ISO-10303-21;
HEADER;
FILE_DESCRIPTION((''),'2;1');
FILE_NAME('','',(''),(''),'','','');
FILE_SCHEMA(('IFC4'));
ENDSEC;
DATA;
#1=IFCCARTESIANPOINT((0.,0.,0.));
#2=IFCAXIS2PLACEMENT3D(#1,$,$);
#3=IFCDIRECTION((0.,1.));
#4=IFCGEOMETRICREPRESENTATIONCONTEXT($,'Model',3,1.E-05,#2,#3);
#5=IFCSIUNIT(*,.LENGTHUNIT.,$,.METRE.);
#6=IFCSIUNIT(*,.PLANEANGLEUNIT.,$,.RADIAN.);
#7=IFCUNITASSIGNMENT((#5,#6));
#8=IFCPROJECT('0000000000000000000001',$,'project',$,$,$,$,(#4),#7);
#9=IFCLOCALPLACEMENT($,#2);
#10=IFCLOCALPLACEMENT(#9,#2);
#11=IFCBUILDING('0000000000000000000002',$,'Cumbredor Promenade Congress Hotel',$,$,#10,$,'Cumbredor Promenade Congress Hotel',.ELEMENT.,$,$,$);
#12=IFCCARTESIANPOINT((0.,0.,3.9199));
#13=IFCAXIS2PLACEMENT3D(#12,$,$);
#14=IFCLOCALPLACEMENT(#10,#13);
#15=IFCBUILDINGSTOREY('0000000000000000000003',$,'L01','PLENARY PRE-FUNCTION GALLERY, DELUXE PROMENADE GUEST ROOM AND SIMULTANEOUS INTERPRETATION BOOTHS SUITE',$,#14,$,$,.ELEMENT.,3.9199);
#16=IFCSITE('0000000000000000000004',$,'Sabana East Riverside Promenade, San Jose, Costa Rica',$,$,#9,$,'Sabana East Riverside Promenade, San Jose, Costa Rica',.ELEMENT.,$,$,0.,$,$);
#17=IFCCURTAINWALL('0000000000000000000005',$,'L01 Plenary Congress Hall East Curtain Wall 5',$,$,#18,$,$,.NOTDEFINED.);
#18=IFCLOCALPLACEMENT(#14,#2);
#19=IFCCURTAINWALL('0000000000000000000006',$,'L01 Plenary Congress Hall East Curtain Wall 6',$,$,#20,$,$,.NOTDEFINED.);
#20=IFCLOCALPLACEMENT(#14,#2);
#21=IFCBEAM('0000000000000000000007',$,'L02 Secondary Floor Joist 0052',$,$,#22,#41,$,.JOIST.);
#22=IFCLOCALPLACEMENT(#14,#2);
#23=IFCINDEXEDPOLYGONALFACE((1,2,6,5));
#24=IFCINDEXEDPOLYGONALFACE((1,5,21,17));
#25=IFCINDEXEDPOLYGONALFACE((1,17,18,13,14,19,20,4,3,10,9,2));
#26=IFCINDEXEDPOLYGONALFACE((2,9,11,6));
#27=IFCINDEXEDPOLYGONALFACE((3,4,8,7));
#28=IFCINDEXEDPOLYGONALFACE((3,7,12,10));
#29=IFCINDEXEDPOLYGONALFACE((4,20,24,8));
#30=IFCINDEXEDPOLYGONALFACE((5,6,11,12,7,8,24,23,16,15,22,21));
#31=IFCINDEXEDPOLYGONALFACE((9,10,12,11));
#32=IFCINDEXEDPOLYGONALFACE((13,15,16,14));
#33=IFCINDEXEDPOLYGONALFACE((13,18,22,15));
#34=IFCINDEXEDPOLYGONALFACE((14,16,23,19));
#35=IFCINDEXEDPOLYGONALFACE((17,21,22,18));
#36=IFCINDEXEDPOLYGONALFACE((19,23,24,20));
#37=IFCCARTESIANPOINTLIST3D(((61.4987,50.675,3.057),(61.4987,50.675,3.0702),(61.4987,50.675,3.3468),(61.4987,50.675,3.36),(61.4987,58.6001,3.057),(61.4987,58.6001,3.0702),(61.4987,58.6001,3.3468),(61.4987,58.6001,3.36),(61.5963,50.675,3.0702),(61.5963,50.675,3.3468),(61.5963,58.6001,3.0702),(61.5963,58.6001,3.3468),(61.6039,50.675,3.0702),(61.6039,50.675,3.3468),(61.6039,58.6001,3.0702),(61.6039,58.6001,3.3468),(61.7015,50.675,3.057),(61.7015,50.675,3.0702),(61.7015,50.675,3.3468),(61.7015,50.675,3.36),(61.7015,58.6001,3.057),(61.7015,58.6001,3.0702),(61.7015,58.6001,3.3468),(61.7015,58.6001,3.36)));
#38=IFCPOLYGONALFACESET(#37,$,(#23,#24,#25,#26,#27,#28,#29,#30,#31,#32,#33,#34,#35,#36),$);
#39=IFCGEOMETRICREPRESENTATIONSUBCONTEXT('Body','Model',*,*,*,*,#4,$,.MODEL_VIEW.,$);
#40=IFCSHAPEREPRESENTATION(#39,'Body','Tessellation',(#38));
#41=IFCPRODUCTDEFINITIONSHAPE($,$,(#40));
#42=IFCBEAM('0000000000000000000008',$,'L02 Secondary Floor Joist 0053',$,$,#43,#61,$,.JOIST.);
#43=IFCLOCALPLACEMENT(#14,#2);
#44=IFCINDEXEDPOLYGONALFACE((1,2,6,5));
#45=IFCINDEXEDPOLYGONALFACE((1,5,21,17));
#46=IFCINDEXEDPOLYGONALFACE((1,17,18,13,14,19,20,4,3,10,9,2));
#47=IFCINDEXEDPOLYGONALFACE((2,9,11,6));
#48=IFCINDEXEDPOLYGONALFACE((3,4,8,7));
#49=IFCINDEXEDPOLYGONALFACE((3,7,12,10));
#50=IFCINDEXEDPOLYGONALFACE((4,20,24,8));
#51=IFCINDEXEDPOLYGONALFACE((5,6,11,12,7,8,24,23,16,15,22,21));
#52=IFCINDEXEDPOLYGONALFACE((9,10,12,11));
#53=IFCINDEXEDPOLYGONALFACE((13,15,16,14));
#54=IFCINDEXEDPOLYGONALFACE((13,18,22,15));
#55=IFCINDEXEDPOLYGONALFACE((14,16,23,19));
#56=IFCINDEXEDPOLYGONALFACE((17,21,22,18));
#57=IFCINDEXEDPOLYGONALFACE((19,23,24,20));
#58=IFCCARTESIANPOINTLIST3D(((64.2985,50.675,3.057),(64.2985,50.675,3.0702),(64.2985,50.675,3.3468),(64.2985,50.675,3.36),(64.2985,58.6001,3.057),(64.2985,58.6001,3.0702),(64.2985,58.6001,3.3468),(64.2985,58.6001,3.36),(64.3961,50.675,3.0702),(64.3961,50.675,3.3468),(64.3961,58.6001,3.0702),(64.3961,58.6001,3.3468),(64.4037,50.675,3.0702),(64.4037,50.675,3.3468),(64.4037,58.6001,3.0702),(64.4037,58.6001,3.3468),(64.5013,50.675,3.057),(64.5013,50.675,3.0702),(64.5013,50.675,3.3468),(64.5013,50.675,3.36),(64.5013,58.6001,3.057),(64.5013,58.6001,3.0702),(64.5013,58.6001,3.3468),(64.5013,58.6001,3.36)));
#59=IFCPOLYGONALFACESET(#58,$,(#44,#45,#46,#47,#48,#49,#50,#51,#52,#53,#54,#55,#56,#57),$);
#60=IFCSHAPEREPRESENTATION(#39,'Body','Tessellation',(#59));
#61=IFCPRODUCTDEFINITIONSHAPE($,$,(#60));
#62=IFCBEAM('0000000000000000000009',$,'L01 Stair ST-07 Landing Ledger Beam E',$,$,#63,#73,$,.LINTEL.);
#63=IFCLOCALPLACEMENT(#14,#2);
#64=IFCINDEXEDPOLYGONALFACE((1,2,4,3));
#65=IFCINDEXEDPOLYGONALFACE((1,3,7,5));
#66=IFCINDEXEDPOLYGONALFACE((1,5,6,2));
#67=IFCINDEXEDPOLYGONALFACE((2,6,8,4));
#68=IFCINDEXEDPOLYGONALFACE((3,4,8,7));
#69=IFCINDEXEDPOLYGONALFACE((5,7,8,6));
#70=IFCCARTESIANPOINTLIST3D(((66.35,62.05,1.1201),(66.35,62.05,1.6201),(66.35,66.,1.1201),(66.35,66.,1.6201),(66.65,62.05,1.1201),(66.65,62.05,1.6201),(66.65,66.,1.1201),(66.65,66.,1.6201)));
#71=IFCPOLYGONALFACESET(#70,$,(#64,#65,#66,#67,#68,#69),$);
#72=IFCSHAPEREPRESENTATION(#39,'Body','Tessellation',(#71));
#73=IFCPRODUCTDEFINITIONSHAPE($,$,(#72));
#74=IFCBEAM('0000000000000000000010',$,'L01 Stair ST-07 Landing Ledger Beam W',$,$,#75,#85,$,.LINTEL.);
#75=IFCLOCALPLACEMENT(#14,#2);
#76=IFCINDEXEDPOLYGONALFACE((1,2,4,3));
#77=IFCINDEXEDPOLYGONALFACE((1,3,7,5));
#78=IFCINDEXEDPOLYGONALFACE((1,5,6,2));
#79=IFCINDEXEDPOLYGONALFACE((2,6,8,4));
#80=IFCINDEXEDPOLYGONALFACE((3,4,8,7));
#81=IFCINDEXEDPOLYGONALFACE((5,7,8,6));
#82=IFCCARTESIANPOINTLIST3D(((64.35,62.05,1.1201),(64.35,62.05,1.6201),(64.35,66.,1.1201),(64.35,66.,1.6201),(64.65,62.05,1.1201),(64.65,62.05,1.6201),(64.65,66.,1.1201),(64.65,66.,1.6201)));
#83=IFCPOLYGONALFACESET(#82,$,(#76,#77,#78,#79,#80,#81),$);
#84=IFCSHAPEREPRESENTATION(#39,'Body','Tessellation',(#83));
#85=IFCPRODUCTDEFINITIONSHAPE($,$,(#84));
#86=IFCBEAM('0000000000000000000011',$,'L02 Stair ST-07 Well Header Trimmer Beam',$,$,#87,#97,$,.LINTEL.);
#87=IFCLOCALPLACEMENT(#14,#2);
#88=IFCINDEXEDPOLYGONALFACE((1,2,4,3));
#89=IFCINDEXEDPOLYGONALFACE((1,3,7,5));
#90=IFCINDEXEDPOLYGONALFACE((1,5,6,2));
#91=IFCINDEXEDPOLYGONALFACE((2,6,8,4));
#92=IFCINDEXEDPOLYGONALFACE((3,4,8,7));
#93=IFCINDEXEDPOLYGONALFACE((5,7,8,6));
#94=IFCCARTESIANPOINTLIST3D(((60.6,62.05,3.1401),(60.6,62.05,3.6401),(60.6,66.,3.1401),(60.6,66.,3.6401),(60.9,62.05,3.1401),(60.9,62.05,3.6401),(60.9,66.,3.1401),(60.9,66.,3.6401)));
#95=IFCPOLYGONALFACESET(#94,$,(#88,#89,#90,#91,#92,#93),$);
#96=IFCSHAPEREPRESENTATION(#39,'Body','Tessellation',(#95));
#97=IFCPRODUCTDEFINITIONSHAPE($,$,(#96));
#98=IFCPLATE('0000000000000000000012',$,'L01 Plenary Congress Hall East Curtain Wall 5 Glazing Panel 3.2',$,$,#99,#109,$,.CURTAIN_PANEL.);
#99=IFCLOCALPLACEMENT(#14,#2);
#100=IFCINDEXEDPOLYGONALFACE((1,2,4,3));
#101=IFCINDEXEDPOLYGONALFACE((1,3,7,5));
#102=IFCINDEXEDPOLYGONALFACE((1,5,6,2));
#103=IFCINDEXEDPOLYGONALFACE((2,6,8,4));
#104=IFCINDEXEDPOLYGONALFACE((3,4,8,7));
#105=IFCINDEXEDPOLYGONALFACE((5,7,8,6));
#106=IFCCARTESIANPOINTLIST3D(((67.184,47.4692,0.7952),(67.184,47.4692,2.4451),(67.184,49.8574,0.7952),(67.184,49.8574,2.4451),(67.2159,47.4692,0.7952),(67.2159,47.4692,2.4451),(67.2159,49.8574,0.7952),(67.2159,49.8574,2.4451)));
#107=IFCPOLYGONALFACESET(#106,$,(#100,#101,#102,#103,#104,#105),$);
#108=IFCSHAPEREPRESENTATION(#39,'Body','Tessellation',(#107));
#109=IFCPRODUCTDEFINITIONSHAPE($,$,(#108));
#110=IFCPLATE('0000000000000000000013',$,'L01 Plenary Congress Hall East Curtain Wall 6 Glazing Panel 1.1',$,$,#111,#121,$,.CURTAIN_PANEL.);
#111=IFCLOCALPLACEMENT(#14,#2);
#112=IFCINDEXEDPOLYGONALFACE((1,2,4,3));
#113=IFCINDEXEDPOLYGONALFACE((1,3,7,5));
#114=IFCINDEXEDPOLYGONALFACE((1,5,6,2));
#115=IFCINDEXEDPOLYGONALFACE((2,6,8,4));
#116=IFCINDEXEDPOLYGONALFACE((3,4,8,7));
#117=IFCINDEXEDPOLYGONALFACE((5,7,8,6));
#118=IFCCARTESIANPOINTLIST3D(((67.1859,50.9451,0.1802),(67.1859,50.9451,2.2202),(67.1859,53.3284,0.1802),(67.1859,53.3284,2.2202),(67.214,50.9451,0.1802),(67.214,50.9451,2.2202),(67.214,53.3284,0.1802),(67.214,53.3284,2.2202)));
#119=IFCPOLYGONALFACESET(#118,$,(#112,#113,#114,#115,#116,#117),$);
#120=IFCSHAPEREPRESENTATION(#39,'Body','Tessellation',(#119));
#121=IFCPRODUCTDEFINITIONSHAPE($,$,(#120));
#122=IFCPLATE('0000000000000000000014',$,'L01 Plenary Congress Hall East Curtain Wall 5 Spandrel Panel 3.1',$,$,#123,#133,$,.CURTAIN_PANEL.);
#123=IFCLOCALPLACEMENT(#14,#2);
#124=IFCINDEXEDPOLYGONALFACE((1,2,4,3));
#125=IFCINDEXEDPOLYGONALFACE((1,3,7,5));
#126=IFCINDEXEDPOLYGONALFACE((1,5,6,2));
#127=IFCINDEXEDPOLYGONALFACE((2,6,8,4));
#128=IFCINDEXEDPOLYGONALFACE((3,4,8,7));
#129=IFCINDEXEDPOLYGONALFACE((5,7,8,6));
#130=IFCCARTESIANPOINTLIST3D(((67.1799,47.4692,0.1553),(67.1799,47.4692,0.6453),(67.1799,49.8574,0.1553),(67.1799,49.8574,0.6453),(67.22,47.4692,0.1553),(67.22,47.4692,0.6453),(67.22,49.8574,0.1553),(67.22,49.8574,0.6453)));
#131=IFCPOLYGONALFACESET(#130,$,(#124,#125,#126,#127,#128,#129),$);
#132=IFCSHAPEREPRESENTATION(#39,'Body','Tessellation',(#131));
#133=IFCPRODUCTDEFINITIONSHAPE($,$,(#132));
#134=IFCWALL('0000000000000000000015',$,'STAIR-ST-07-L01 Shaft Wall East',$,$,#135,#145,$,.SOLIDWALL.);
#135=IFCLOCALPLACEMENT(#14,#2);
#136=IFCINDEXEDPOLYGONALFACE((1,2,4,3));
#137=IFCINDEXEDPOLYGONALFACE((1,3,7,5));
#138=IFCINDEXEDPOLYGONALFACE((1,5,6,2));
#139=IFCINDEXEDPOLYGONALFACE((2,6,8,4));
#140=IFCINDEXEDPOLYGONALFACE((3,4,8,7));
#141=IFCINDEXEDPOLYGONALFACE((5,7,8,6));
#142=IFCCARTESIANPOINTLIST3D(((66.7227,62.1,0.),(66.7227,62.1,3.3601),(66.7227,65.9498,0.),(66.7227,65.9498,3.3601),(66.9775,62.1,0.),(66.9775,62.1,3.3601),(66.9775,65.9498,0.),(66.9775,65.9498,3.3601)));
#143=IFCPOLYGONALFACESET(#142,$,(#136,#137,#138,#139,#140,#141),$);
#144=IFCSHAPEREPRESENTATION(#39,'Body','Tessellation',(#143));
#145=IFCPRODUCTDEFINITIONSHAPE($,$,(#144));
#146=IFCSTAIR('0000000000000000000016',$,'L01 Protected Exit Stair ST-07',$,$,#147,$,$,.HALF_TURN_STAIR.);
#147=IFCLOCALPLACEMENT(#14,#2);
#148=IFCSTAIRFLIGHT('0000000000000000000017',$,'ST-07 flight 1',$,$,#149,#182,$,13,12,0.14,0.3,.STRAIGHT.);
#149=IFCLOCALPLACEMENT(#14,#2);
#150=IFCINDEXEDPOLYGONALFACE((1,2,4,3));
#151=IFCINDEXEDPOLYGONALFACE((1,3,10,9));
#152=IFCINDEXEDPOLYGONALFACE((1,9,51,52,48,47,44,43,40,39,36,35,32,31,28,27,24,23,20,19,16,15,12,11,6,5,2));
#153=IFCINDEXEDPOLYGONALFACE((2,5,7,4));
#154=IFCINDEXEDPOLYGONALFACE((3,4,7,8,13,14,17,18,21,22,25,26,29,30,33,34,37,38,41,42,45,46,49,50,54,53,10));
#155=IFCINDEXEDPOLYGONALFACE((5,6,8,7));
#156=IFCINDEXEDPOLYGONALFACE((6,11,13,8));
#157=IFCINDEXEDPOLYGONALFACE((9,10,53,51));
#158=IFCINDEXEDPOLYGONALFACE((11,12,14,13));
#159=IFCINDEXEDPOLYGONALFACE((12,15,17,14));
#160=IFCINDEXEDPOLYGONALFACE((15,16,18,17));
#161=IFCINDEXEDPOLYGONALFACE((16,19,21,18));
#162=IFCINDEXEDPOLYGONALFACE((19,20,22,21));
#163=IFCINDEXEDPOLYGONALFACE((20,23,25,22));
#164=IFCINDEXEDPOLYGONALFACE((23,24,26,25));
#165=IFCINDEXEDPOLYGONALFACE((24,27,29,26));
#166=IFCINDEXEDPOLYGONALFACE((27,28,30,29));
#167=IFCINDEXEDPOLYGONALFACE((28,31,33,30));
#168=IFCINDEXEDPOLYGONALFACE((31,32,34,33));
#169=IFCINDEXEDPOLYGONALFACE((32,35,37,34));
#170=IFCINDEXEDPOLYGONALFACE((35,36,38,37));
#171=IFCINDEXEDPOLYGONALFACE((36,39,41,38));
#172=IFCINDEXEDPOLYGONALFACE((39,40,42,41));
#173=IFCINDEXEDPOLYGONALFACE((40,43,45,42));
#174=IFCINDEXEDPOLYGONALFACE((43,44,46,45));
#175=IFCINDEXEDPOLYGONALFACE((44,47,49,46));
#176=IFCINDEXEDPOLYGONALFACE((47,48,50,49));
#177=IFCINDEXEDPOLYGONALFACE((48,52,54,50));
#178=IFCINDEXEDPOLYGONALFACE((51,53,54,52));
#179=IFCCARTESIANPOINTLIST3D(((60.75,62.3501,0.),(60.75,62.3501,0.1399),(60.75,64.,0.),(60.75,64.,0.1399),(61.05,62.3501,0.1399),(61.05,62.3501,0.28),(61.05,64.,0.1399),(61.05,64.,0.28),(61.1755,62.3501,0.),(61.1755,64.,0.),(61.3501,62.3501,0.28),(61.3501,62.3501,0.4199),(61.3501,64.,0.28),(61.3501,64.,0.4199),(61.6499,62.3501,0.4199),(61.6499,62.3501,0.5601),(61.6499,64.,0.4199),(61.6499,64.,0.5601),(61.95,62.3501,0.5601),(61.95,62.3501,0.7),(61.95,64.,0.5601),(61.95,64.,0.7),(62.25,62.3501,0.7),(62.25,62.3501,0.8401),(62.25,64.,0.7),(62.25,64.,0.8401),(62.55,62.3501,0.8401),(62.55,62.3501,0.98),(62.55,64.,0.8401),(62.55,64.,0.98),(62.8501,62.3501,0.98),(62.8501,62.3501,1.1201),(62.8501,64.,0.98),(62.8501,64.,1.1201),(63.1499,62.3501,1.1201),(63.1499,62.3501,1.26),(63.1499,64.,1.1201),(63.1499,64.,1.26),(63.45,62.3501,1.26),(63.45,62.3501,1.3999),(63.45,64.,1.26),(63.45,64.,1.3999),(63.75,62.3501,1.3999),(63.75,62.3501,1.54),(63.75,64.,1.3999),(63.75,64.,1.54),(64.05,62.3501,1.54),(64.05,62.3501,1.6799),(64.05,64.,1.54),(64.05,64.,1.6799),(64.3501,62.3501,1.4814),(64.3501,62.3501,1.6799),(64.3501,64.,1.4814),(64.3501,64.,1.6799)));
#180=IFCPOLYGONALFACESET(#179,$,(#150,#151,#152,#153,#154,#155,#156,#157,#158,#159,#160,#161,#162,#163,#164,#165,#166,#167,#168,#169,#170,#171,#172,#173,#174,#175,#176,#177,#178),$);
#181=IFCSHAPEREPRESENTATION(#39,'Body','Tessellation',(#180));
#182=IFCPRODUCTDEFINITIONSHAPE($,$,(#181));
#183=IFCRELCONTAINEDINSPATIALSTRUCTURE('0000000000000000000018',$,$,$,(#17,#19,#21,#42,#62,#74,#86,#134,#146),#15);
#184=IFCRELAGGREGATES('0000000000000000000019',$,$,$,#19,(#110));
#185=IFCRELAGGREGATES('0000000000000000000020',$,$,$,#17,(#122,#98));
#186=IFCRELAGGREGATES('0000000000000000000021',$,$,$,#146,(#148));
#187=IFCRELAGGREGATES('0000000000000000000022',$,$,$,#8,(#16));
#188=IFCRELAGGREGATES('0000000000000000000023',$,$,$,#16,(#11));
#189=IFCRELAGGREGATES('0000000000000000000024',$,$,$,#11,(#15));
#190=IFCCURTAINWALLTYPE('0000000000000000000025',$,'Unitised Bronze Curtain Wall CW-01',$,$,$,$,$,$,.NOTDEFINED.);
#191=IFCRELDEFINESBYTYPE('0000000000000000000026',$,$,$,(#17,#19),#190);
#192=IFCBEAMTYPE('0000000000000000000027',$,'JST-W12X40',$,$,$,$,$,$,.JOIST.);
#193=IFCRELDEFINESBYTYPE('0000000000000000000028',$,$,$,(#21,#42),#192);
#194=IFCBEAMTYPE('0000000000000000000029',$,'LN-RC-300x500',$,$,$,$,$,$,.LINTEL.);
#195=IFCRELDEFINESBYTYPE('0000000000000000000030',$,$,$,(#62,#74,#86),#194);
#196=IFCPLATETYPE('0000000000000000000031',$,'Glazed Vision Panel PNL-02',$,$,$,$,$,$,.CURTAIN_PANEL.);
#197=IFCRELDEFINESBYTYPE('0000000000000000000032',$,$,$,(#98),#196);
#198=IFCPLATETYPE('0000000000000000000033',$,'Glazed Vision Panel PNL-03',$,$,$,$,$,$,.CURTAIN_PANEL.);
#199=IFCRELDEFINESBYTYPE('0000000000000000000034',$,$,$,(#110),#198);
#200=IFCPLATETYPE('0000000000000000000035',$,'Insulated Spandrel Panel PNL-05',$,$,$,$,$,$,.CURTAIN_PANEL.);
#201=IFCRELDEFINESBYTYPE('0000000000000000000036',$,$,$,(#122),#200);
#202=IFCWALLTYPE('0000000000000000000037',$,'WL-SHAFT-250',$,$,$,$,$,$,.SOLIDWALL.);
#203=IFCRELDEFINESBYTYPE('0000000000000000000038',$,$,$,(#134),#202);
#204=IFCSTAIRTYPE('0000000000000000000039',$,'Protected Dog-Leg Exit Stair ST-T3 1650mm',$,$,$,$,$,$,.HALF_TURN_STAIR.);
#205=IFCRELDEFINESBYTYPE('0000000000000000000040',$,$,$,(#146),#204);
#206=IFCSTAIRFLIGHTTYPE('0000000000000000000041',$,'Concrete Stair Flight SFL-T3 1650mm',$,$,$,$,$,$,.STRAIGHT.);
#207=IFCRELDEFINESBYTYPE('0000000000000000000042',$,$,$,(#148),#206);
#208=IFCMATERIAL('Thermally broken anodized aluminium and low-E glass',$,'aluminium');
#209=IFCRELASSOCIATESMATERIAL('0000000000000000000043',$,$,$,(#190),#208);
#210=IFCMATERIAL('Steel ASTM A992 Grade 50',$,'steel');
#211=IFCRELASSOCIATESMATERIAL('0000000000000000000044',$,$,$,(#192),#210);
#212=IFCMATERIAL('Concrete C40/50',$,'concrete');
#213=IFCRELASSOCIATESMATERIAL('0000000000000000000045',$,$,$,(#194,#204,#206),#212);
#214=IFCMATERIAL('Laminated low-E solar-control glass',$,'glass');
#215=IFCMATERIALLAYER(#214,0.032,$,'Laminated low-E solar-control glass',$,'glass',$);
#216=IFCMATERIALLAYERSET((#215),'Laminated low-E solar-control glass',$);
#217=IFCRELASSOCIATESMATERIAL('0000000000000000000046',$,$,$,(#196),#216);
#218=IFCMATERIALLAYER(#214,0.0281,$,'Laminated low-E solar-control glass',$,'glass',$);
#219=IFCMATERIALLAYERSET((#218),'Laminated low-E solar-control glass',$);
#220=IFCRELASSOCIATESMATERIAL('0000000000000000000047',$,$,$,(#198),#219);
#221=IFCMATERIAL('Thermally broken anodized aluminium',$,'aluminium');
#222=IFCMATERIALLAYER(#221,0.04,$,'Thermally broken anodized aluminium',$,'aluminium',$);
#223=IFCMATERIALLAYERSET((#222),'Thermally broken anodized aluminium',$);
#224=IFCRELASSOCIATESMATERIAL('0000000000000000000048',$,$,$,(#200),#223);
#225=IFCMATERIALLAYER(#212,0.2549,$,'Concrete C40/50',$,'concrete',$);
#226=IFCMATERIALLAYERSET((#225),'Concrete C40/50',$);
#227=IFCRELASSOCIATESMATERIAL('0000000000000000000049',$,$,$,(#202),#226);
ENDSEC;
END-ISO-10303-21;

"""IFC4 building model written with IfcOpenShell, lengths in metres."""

from ifc_helpers import new_model, si_unit, direction, frame, frame_2d, origin, origin_2d, place, context, subcontext, project, spatial, polyline, rectangle, i_section, outline, extrude, material, layer, layer_set, material_profile, profile_set, type_object, element, aggregate, save


model = new_model("IFC4")

# Units and contexts
model_context = context("Model", 3, precision=1e-05, world=origin(), true_north=direction((0.0, 1.0)))
body_context = subcontext(model_context, "Body", "Model", "MODEL_VIEW")
ifc_project = project(units=[si_unit("LENGTHUNIT", "METRE"), si_unit("PLANEANGLEUNIT", "RADIAN")], contexts=[model_context])

# Site, building, storey
site_placement = place(None, origin())
site = spatial("IfcSite", under=ifc_project, at=site_placement, Name="Sabana East Riverside Promenade, San Jose, Costa Rica", LongName="Sabana East Riverside Promenade, San Jose, Costa Rica", CompositionType="ELEMENT", RefElevation=0.0)
building_placement = place(site_placement, origin())
building = spatial("IfcBuilding", under=site, at=building_placement, Name="Cumbredor Promenade Congress Hotel", LongName="Cumbredor Promenade Congress Hotel", CompositionType="ELEMENT")
storey_placement = place(building_placement, frame((0.0, 0.0, 3.9199)))
storey = spatial("IfcBuildingStorey", under=building, at=storey_placement, Name="L01", Description="PLENARY PRE-FUNCTION GALLERY, DELUXE PROMENADE GUEST ROOM AND SIMULTANEOUS INTERPRETATION BOOTHS SUITE", CompositionType="ELEMENT", Elevation=3.9199)

# Shared definitions
ifc_material_1 = material(Name="Concrete C40/50", Category="concrete")

# Curtain wall
ifc_material_2 = material(Name="Thermally broken anodized aluminium and low-E glass", Category="aluminium")
curtain_wall_type = type_object("IfcCurtainWallType", Name="Unitised Bronze Curtain Wall CW-01", PredefinedType="NOTDEFINED", material=ifc_material_2)
curtain_wall_1_placement = place(storey_placement, origin())
curtain_wall_1 = element("IfcCurtainWall", 1, at=curtain_wall_1_placement, inside=storey, type_object=curtain_wall_type, Name="L01 Plenary Congress Hall East Curtain Wall 5", PredefinedType="NOTDEFINED")
ifc_material_3 = material(Name="Thermally broken anodized aluminium", Category="aluminium")

# Curtain wall
curtain_wall_2_placement = place(storey_placement, origin())
curtain_wall_2 = element("IfcCurtainWall", 2, at=curtain_wall_2_placement, inside=storey, type_object=curtain_wall_type, Name="L01 Plenary Congress Hall East Curtain Wall 6", PredefinedType="NOTDEFINED")

# Beams
ifc_material_4 = material(Name="Steel ASTM A992 Grade 50", Category="steel")
ifc_material_profile_1 = material_profile(ifc_material_4, i_section(OverallWidth=0.2029, OverallDepth=0.303, WebThickness=0.0076, FlangeThickness=0.0132, at=origin_2d()), Name="W12X40")
ifc_profile_set_1 = profile_set([ifc_material_profile_1], Name="Steel ASTM A992 Grade 50")
beam_type_1 = type_object("IfcBeamType", Name="JST-W12X40", PredefinedType="JOIST", material=ifc_profile_set_1)
for number, where, z_axis, x_axis, name in (
    (3, (61.6001, 50.675, 3.2085), (0.0, 1.0, 0.0), (-1.0, 0.0, 0.0), "L02 Secondary Floor Joist 0052"),
    (4, (64.3999, 50.675, 3.2085), (0.0, 1.0, 0.0), (-1.0, 0.0, 0.0), "L02 Secondary Floor Joist 0053"),
):
    element("IfcBeam", number, at=place(storey_placement, frame(where, z_axis=z_axis, x_axis=x_axis)), inside=storey, type_object=beam_type_1, Name=name, PredefinedType="JOIST", context=body_context, shape_type="SweptSolid", body=[
        extrude(i_section(OverallWidth=0.2029, OverallDepth=0.303, WebThickness=0.0076, FlangeThickness=0.0132, at=origin_2d()), origin(), (0.0, 0.0, 1.0), 7.925),
    ])
ifc_material_profile_2 = material_profile(ifc_material_1, rectangle(XDim=0.3, YDim=0.5, at=origin_2d()), Name="RC LINTEL 300x500")
ifc_profile_set_2 = profile_set([ifc_material_profile_2], Name="Concrete C40/50")
beam_type_2 = type_object("IfcBeamType", Name="LN-RC-300x500", PredefinedType="LINTEL", material=ifc_profile_set_2)
for number, where, z_axis, x_axis, name in (
    (5, (66.5, 62.05, 1.3701), (0.0, 1.0, 0.0), (-1.0, 0.0, 0.0), "L01 Stair ST-07 Landing Ledger Beam E"),
    (6, (64.5, 62.05, 1.3701), (0.0, 1.0, 0.0), (-1.0, 0.0, 0.0), "L01 Stair ST-07 Landing Ledger Beam W"),
    (7, (60.75, 62.05, 3.3901), (0.0, 1.0, 0.0), (-1.0, 0.0, 0.0), "L02 Stair ST-07 Well Header Trimmer Beam"),
):
    element("IfcBeam", number, at=place(storey_placement, frame(where, z_axis=z_axis, x_axis=x_axis)), inside=storey, type_object=beam_type_2, Name=name, PredefinedType="LINTEL", context=body_context, shape_type="SweptSolid", body=[
        extrude(rectangle(XDim=0.3, YDim=0.5, at=origin_2d()), origin(), (0.0, 0.0, 1.0), 3.95),
    ])

# Plates
ifc_material_5 = material(Name="Laminated low-E solar-control glass", Category="glass")
ifc_layer_1 = layer(ifc_material_5, 0.032, Name="Laminated low-E solar-control glass", Category="glass")
ifc_layer_set_1 = layer_set([ifc_layer_1], Name="Laminated low-E solar-control glass")
plate_type_1 = type_object("IfcPlateType", Name="Glazed Vision Panel PNL-02", PredefinedType="CURTAIN_PANEL", material=ifc_layer_set_1)
plate_1_placement = place(storey_placement, frame((67.2, 48.6633, 0.7952), z_axis=(0.0, 0.0, 1.0), x_axis=(0.0, 1.0, 0.0)))
plate_1 = element("IfcPlate", 8, at=plate_1_placement, type_object=plate_type_1, Name="L01 Plenary Congress Hall East Curtain Wall 5 Glazing Panel 3.2", PredefinedType="CURTAIN_PANEL", context=body_context, shape_type="SweptSolid", body=[
    extrude(rectangle(XDim=2.3882, YDim=0.032, at=origin_2d()), origin(), (0.0, 0.0, 1.0), 1.6499),
])
ifc_layer_2 = layer(ifc_material_5, 0.0281, Name="Laminated low-E solar-control glass", Category="glass")
ifc_layer_set_2 = layer_set([ifc_layer_2], Name="Laminated low-E solar-control glass")
plate_type_2 = type_object("IfcPlateType", Name="Glazed Vision Panel PNL-03", PredefinedType="CURTAIN_PANEL", material=ifc_layer_set_2)
plate_2_placement = place(storey_placement, frame((67.2, 52.1367, 0.1802), z_axis=(0.0, 0.0, 1.0), x_axis=(0.0, 1.0, 0.0)))
plate_2 = element("IfcPlate", 9, at=plate_2_placement, type_object=plate_type_2, Name="L01 Plenary Congress Hall East Curtain Wall 6 Glazing Panel 1.1", PredefinedType="CURTAIN_PANEL", context=body_context, shape_type="SweptSolid", body=[
    extrude(rectangle(XDim=2.3833, YDim=0.0281, at=origin_2d()), origin(), (0.0, 0.0, 1.0), 2.04),
])
aggregate(curtain_wall_2, [plate_2])
ifc_layer_3 = layer(ifc_material_3, 0.04, Name="Thermally broken anodized aluminium", Category="aluminium")
ifc_layer_set_3 = layer_set([ifc_layer_3], Name="Thermally broken anodized aluminium")
plate_type_3 = type_object("IfcPlateType", Name="Insulated Spandrel Panel PNL-05", PredefinedType="CURTAIN_PANEL", material=ifc_layer_set_3)
plate_3_placement = place(storey_placement, frame((67.2, 48.6633, 0.1553), z_axis=(0.0, 0.0, 1.0), x_axis=(0.0, 1.0, 0.0)))
plate_3 = element("IfcPlate", 10, at=plate_3_placement, type_object=plate_type_3, Name="L01 Plenary Congress Hall East Curtain Wall 5 Spandrel Panel 3.1", PredefinedType="CURTAIN_PANEL", context=body_context, shape_type="SweptSolid", body=[
    extrude(rectangle(XDim=2.3882, YDim=0.04, at=origin_2d()), origin(), (0.0, 0.0, 1.0), 0.49),
])
aggregate(curtain_wall_1, [plate_3, plate_1])

# Wall
ifc_layer_4 = layer(ifc_material_1, 0.2549, Name="Concrete C40/50", Category="concrete")
ifc_layer_set_4 = layer_set([ifc_layer_4], Name="Concrete C40/50")
wall_type = type_object("IfcWallType", Name="WL-SHAFT-250", PredefinedType="SOLIDWALL", material=ifc_layer_set_4)
wall_placement = place(storey_placement, frame((66.8501, 62.1001, 0.0), z_axis=(0.0, 0.0, 1.0), x_axis=(0.0, 1.0, 0.0)))
element("IfcWall", 11, at=wall_placement, inside=storey, type_object=wall_type, Name="STAIR-ST-07-L01 Shaft Wall East", PredefinedType="SOLIDWALL", context=body_context, shape_type="SweptSolid", body=[
    extrude(rectangle(XDim=3.8499, YDim=0.2549, at=frame_2d((1.9248, 0.0))), origin(), (0.0, 0.0, 1.0), 3.3601),
])

# Stair, stair flight
stair_type = type_object("IfcStairType", Name="Protected Dog-Leg Exit Stair ST-T3 1650mm", PredefinedType="HALF_TURN_STAIR", material=ifc_material_1)
stair_placement = place(storey_placement, origin())
stair = element("IfcStair", 12, at=stair_placement, inside=storey, type_object=stair_type, Name="L01 Protected Exit Stair ST-07", PredefinedType="HALF_TURN_STAIR")
stair_flight_type = type_object("IfcStairFlightType", Name="Concrete Stair Flight SFL-T3 1650mm", PredefinedType="STRAIGHT", material=ifc_material_1)
stair_flight_placement = place(storey_placement, frame((60.75, 63.175, 0.0), z_axis=(0.0, 0.0, 1.0), x_axis=(1.0, 0.0, 0.0)))
stair_flight = element("IfcStairFlight", 13, at=stair_flight_placement, type_object=stair_flight_type, Name="ST-07 flight 1", NumberOfRisers=13, NumberOfTreads=12, PredefinedType="STRAIGHT", RiserHeight=0.14, TreadLength=0.3, context=body_context, shape_type="SweptSolid", body=[
    extrude(outline(polyline([(0.0, 0.0), (0.0, 0.1399), (0.3, 0.1399), (0.3, 0.28), (0.6001, 0.28), (0.6001, 0.4199), (0.8999, 0.4199), (0.8999, 0.5601), (1.2, 0.5601), (1.2, 0.7), (1.5, 0.7), (1.5, 0.8401), (1.8, 0.8401), (1.8, 0.98), (2.1001, 0.98), (2.1001, 1.1201), (2.3999, 1.1201), (2.3999, 1.26), (2.7, 1.26), (2.7, 1.3999), (3.0, 1.3999), (3.0, 1.54), (3.3, 1.54), (3.3, 1.6799), (3.6001, 1.6799), (3.6001, 1.8201), (3.6001, 1.4814), (0.4255, 0.0), (0.0, 0.0)])), frame((0.0, 0.825, 0.0), z_axis=(0.0, -1.0, 0.0), x_axis=(1.0, 0.0, 0.0)), (0.0, 0.0, 1.0), 1.6499),
])
aggregate(stair, [stair_flight])

save(model, "model.ifc")
